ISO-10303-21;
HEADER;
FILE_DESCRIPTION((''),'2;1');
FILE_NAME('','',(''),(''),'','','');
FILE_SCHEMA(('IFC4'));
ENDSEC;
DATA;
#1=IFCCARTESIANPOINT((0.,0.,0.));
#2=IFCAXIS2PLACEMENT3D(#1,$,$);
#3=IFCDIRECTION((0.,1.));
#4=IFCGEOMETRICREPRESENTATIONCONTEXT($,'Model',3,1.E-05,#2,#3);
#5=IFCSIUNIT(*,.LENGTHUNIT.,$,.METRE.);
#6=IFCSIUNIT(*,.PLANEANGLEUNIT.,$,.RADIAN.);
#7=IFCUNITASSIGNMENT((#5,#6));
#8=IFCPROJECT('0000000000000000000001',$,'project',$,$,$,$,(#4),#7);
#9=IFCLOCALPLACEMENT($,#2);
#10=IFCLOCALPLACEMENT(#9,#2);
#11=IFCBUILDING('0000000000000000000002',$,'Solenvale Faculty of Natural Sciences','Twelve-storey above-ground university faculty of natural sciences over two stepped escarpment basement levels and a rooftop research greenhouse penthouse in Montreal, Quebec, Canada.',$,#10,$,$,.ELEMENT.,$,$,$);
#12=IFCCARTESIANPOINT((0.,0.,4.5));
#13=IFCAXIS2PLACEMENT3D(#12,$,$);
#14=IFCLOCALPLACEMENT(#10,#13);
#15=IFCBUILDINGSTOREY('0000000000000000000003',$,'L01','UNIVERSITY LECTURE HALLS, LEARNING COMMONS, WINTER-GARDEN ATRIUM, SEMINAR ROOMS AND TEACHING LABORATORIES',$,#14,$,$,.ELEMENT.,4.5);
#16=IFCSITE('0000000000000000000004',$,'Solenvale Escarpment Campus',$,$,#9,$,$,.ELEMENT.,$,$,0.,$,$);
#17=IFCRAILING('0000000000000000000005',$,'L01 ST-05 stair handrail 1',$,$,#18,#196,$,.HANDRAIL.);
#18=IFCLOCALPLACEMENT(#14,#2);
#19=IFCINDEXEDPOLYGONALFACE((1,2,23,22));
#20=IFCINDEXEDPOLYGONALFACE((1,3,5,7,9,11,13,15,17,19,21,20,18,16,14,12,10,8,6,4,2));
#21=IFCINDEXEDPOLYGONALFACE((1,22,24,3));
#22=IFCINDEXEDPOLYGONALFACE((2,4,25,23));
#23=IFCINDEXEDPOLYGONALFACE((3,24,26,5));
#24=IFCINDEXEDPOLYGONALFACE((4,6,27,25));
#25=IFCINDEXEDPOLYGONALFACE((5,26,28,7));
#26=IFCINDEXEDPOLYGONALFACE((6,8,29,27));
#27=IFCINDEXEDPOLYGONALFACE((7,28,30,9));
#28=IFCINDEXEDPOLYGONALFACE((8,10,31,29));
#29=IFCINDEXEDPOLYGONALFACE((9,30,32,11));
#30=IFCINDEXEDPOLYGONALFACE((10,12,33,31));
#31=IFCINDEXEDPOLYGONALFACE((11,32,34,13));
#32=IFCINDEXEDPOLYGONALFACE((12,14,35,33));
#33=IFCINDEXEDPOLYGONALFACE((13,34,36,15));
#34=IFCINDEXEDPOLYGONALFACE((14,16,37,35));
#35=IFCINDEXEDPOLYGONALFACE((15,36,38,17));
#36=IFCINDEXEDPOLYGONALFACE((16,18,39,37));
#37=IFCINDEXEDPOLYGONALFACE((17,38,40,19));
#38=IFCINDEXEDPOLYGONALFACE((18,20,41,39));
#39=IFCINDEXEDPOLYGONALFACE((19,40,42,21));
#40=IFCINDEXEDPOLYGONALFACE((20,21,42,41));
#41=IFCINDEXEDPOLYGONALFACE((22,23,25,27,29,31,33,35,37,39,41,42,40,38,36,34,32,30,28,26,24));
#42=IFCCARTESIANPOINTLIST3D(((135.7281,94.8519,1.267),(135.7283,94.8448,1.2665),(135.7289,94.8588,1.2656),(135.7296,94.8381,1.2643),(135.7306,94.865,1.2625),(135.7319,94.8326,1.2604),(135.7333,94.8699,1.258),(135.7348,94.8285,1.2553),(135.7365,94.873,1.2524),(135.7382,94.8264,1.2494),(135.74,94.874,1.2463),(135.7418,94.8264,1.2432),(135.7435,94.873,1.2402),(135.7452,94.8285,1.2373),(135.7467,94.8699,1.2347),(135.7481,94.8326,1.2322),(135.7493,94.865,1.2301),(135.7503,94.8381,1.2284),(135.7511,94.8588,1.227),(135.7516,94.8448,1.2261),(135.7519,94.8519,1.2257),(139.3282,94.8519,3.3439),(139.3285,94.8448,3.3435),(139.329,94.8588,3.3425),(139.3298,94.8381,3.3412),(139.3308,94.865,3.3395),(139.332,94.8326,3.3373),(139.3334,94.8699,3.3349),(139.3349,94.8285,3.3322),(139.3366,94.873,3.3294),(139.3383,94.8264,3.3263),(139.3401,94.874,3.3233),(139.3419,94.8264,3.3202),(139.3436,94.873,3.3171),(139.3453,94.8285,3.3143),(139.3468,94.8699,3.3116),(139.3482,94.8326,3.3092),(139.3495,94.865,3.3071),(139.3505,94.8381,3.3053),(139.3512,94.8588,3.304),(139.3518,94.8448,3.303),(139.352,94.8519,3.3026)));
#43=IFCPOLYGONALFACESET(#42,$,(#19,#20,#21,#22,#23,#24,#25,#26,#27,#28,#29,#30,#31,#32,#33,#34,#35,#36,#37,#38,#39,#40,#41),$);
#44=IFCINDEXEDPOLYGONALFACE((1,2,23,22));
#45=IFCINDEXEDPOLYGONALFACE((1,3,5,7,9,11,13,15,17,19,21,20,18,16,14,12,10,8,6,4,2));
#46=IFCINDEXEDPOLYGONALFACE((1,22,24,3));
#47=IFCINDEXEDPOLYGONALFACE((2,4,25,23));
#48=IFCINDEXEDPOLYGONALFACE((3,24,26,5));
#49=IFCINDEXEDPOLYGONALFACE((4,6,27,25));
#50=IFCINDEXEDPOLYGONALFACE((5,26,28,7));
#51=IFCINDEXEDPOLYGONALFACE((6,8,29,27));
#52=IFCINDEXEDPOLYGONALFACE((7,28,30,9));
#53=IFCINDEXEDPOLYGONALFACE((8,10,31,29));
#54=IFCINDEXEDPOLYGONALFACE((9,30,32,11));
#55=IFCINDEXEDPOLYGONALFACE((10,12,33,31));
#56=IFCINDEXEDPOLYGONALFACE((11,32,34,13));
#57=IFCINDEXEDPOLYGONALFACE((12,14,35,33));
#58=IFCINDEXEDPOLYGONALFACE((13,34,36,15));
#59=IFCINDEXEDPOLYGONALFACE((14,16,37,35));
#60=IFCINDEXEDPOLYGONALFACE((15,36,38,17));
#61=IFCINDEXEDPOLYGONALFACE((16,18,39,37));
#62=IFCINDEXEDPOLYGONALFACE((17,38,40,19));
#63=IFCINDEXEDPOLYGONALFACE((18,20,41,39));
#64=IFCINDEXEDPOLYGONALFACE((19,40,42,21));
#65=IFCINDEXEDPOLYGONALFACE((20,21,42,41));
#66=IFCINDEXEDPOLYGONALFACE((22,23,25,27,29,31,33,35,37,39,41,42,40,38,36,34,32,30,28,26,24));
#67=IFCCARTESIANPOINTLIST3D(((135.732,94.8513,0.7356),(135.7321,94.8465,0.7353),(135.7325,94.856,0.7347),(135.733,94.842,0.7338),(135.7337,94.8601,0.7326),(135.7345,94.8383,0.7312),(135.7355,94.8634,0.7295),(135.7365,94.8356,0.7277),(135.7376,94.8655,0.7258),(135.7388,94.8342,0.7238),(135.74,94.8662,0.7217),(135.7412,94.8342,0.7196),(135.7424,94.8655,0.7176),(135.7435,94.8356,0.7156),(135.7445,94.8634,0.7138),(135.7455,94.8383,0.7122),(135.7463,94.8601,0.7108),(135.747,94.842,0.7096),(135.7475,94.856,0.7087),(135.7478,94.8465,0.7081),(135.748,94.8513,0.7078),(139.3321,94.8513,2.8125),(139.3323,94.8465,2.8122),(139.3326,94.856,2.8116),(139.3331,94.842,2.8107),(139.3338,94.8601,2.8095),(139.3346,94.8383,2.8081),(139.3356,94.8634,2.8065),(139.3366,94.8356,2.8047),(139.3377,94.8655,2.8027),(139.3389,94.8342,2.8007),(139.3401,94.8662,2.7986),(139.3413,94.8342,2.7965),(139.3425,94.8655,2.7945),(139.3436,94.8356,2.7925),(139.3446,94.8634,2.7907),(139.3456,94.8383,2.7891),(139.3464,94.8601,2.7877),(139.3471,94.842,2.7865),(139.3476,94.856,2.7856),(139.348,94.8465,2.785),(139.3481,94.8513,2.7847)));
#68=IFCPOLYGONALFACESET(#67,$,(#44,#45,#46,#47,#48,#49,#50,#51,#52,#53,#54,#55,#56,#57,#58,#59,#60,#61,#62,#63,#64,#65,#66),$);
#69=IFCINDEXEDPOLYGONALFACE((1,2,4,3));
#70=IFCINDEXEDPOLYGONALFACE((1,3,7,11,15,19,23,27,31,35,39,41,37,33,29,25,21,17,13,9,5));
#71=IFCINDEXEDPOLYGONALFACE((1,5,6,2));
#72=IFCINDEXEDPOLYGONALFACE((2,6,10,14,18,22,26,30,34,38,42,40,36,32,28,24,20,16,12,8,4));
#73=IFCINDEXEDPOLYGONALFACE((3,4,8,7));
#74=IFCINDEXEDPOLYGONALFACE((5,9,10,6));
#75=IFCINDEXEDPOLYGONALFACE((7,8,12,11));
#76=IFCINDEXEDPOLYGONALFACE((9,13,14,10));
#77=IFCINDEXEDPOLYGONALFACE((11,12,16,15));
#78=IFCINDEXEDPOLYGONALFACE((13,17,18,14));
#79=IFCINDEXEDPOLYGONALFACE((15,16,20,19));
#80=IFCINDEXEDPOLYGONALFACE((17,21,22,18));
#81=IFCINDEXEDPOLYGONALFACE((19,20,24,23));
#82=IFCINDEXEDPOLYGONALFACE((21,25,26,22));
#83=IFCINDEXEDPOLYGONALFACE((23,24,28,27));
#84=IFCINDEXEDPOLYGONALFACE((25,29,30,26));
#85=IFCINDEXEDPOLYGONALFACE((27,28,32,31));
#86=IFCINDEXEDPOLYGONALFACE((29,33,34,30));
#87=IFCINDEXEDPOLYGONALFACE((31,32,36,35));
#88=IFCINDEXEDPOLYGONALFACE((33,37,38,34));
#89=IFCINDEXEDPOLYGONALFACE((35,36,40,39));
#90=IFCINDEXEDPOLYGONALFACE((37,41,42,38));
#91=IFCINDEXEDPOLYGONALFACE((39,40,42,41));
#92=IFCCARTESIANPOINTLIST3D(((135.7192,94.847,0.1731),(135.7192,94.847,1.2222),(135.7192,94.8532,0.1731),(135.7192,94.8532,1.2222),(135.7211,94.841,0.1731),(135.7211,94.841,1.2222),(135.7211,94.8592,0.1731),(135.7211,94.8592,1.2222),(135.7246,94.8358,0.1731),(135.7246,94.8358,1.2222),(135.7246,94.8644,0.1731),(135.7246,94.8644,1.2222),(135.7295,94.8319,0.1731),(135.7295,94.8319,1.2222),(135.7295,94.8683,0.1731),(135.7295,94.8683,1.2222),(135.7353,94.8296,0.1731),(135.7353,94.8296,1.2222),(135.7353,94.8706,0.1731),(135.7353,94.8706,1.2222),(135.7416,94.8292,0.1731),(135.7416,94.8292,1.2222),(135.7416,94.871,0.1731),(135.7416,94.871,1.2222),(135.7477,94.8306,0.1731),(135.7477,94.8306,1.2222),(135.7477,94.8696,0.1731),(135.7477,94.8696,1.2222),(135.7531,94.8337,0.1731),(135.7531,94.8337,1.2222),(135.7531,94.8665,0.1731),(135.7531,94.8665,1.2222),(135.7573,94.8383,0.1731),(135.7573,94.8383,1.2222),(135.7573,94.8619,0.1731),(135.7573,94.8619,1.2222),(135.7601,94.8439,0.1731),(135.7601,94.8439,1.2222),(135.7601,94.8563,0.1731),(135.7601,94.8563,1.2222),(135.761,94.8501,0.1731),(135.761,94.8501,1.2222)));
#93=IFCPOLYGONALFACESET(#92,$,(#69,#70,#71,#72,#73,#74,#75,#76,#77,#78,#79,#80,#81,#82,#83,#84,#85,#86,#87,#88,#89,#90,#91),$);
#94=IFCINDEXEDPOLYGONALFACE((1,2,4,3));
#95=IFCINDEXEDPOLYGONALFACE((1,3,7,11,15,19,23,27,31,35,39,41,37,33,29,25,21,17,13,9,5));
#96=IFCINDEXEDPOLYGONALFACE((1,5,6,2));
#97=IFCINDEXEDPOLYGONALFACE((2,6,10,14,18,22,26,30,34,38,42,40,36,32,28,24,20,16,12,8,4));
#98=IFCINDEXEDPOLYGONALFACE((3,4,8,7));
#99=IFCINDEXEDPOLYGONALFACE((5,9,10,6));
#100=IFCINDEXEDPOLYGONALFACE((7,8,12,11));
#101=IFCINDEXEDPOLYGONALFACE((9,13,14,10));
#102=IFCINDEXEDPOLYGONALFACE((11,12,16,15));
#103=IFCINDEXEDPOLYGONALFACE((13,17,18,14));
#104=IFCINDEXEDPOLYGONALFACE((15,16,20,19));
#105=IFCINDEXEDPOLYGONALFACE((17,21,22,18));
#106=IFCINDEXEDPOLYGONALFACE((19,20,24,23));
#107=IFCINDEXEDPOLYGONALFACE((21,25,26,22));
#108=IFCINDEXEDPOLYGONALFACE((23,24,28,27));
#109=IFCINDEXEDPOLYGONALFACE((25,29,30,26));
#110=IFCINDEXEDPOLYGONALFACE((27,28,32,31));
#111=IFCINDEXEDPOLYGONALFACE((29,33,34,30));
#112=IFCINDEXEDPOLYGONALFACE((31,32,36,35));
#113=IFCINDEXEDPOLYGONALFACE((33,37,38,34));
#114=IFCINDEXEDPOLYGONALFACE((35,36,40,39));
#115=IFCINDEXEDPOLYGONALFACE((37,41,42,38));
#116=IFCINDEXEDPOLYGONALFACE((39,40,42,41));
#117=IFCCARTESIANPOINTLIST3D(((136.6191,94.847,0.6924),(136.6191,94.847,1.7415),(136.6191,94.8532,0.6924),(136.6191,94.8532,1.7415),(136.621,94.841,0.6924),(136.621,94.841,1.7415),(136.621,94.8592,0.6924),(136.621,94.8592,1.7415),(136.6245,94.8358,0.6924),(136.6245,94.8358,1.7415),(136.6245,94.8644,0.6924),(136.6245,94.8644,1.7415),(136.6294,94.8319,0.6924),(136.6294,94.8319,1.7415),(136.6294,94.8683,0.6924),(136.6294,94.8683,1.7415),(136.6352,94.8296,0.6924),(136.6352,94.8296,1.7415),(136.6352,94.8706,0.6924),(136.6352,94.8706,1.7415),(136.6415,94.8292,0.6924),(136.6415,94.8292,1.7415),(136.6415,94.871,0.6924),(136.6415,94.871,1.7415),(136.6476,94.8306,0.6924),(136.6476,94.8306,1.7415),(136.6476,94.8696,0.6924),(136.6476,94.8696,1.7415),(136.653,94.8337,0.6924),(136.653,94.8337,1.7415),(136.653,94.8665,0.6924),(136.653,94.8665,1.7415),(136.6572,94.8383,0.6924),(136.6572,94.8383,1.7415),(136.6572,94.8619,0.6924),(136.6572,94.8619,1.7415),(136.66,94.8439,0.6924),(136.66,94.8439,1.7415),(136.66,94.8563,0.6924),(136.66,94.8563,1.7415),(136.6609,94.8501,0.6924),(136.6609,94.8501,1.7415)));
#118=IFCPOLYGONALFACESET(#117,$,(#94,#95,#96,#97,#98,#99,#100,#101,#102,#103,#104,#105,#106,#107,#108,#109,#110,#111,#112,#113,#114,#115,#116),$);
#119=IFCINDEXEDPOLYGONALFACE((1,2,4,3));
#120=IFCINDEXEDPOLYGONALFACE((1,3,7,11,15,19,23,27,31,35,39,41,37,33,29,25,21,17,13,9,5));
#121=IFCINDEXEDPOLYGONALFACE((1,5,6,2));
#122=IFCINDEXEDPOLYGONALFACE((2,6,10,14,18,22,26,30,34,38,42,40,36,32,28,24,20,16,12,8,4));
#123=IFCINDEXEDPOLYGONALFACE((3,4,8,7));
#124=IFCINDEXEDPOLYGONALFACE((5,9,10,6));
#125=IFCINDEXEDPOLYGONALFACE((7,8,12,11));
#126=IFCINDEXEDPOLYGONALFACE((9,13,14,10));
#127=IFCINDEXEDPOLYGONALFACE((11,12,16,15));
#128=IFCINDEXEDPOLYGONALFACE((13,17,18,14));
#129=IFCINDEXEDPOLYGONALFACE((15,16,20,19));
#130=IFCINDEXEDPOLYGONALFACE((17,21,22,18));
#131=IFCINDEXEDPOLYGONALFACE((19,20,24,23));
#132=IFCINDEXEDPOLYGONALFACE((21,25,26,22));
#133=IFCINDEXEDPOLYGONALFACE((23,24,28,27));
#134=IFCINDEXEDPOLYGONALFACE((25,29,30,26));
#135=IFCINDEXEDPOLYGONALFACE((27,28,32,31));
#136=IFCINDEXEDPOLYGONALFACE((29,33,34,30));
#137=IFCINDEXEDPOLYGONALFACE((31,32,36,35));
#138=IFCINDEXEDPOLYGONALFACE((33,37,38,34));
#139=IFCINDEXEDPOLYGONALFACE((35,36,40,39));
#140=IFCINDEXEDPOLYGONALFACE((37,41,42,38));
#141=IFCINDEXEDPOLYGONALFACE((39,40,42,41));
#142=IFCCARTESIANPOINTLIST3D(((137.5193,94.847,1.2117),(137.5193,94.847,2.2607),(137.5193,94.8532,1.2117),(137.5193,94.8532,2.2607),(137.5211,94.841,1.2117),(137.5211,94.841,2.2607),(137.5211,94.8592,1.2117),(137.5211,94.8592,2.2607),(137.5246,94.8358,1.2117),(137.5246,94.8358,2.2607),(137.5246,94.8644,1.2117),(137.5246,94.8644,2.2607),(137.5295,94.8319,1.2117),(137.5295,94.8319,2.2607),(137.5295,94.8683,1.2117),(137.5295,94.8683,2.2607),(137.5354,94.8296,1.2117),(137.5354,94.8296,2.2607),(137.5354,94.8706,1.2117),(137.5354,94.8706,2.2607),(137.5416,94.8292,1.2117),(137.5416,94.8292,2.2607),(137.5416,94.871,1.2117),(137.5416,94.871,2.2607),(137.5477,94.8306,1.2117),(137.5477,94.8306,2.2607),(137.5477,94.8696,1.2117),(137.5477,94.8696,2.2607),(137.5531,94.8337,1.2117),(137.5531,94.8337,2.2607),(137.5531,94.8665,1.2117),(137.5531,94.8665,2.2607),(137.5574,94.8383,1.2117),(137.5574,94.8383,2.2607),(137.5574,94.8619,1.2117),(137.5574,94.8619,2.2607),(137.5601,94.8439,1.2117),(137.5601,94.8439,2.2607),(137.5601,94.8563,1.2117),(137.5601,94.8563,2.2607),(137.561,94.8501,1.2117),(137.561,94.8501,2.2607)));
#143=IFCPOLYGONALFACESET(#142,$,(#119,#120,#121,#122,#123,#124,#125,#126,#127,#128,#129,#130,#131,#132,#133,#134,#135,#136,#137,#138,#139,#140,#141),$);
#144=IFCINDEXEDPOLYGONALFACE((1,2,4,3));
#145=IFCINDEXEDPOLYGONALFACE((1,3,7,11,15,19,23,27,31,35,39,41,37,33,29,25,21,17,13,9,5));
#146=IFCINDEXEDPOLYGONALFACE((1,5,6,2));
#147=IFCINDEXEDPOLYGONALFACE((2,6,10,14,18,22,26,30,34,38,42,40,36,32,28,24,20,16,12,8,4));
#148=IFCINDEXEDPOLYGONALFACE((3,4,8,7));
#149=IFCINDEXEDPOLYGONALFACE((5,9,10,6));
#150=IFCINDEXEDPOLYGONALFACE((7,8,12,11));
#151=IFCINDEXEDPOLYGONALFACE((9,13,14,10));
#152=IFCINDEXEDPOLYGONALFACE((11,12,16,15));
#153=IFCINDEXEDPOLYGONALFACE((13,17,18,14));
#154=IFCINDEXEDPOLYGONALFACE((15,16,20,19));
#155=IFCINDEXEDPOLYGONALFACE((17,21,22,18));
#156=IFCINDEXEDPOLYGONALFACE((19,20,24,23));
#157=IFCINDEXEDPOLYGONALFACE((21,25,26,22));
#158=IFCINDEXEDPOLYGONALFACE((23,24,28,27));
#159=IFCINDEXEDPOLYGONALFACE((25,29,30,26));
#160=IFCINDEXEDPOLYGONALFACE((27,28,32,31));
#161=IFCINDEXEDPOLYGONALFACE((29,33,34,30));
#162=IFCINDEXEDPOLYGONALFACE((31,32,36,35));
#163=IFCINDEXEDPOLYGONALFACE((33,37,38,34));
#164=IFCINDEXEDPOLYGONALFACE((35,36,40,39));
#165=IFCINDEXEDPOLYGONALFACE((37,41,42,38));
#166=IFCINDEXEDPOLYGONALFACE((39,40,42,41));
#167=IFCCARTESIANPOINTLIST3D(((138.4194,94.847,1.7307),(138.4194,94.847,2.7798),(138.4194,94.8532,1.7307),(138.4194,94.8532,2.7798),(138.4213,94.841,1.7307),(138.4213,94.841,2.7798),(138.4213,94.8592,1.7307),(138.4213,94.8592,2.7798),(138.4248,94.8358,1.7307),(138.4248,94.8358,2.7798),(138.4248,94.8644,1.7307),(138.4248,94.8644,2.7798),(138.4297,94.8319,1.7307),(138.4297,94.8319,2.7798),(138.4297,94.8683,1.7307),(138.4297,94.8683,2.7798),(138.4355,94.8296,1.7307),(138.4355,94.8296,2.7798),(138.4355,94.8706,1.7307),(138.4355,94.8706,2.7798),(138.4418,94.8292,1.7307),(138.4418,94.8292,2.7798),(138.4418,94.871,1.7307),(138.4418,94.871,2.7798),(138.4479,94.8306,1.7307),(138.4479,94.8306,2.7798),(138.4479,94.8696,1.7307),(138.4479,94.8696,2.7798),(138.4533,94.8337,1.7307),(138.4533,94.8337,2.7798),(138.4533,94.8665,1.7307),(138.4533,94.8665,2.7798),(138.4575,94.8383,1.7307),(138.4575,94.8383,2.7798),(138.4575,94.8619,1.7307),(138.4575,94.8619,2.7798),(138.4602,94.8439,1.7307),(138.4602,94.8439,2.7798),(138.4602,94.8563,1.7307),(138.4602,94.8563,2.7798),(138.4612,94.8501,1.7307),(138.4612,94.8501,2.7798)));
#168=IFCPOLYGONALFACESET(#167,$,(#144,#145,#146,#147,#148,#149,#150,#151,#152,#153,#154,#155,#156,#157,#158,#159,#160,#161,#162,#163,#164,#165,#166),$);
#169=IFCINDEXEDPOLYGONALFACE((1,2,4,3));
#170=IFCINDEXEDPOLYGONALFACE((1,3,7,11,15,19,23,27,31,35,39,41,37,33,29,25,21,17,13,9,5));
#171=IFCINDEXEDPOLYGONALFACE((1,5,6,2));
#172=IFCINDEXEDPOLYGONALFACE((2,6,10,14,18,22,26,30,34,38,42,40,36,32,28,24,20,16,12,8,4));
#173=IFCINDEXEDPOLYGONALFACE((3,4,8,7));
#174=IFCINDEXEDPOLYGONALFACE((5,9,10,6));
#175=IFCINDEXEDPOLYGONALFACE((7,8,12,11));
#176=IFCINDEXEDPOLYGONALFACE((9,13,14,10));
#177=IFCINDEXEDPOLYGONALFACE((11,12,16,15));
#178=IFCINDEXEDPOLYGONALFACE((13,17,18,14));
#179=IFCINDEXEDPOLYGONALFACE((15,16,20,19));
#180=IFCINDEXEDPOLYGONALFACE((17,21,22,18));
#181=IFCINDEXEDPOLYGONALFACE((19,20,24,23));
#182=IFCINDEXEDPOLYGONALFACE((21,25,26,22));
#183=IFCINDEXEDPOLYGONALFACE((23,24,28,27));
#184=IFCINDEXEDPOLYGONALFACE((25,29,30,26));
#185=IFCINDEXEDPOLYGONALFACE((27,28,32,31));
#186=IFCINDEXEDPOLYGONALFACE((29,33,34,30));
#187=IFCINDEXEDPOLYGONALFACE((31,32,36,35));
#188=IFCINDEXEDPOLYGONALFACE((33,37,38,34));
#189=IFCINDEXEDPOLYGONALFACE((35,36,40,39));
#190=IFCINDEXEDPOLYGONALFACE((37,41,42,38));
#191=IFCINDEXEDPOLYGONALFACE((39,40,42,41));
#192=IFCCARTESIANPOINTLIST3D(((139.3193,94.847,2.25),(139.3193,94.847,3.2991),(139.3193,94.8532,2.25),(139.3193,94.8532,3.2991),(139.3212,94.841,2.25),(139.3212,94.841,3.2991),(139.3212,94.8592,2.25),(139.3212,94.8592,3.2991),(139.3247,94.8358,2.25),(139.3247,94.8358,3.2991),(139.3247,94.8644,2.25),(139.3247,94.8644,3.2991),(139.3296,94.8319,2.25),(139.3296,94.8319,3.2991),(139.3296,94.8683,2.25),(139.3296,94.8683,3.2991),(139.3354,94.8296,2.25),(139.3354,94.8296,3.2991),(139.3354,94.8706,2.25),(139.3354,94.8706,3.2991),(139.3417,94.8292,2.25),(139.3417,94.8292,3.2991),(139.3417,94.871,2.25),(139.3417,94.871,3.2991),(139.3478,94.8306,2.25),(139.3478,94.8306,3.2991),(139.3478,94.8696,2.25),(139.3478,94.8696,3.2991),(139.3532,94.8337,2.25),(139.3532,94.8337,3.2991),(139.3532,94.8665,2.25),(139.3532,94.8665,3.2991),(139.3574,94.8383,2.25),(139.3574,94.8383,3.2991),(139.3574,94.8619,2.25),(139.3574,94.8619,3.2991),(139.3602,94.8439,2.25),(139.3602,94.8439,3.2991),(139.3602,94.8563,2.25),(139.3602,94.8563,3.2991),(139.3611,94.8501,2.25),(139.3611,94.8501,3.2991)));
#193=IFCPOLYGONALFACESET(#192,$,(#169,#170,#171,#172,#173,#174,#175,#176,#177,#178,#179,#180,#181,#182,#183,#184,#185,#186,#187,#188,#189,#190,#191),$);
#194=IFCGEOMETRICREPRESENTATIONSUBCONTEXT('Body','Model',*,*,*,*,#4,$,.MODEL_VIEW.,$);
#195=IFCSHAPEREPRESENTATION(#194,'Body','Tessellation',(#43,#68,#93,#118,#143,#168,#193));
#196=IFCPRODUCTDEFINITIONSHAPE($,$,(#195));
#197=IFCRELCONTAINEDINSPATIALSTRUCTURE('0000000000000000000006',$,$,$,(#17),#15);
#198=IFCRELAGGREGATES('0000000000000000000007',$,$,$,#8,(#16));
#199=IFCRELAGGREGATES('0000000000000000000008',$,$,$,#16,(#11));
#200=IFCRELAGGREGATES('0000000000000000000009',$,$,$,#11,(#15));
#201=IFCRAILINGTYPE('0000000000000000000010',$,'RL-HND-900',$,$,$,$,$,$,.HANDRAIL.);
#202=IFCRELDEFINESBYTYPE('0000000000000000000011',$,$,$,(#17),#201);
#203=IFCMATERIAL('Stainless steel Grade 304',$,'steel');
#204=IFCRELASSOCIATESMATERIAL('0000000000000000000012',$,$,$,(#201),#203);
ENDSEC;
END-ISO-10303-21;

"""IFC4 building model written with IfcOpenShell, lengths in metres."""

from ifc_helpers import new_model, si_unit, direction, frame, origin, origin_2d, place, context, subcontext, project, spatial, circle, extrude, material, type_object, element, save


model = new_model("IFC4")

# Units and contexts
model_context = context("Model", 3, precision=1e-05, world=origin(), true_north=direction((0.0, 1.0)))
body_context = subcontext(model_context, "Body", "Model", "MODEL_VIEW")
ifc_project = project(units=[si_unit("LENGTHUNIT", "METRE"), si_unit("PLANEANGLEUNIT", "RADIAN")], contexts=[model_context])

# Site, building, storey
site_placement = place(None, origin())
site = spatial("IfcSite", under=ifc_project, at=site_placement, Name="Solenvale Escarpment Campus", CompositionType="ELEMENT", RefElevation=0.0)
building_placement = place(site_placement, origin())
building = spatial("IfcBuilding", under=site, at=building_placement, Name="Solenvale Faculty of Natural Sciences", Description="Twelve-storey above-ground university faculty of natural sciences over two stepped escarpment basement levels and a rooftop research greenhouse penthouse in Montreal, Quebec, Canada.", CompositionType="ELEMENT")
storey_placement = place(building_placement, frame((0.0, 0.0, 4.5)))
storey = spatial("IfcBuildingStorey", under=building, at=storey_placement, Name="L01", Description="UNIVERSITY LECTURE HALLS, LEARNING COMMONS, WINTER-GARDEN ATRIUM, SEMINAR ROOMS AND TEACHING LABORATORIES", CompositionType="ELEMENT", Elevation=4.5)

# Railing
ifc_material_1 = material(Name="Stainless steel Grade 304", Category="steel")
railing_type_1 = type_object("IfcRailingType", Name="RL-HND-900", PredefinedType="HANDRAIL", material=ifc_material_1)
railing_1_placement = place(storey_placement, frame((135.74, 94.8501, 0.1731)))
element("IfcRailing", 1, at=railing_1_placement, inside=storey, type_object=railing_type_1, Name="L01 ST-05 stair handrail 1", PredefinedType="HANDRAIL", context=body_context, shape_type="SweptSolid", body=[
    extrude(circle(Radius=0.0239, at=origin_2d()), frame((0.0, 0.0, 1.0732), z_axis=(0.866193, 0.0, 0.499709), x_axis=(0.0, 1.0, 0.0)), (0.0, 0.0, 1.0), 4.1562),
    extrude(circle(Radius=0.0161, at=origin_2d()), frame((0.0, 0.0, 0.5486), z_axis=(0.866193, 0.0, 0.499709), x_axis=(0.0, 1.0, 0.0)), (0.0, 0.0, 1.0), 4.1562),
    extrude(circle(Radius=0.021, at=origin_2d()), origin(), (0.0, 0.0, 1.0), 1.0491),
    extrude(circle(Radius=0.021, at=origin_2d()), frame((0.8999, 0.0, 0.5193)), (0.0, 0.0, 1.0), 1.0491),
    extrude(circle(Radius=0.021, at=origin_2d()), frame((1.8, 0.0, 1.0386)), (0.0, 0.0, 1.0), 1.0491),
    extrude(circle(Radius=0.021, at=origin_2d()), frame((2.7002, 0.0, 1.5576)), (0.0, 0.0, 1.0), 1.0491),
    extrude(circle(Radius=0.021, at=origin_2d()), frame((3.6001, 0.0, 2.0769)), (0.0, 0.0, 1.0), 1.0491),
])

save(model, "model.ifc")
